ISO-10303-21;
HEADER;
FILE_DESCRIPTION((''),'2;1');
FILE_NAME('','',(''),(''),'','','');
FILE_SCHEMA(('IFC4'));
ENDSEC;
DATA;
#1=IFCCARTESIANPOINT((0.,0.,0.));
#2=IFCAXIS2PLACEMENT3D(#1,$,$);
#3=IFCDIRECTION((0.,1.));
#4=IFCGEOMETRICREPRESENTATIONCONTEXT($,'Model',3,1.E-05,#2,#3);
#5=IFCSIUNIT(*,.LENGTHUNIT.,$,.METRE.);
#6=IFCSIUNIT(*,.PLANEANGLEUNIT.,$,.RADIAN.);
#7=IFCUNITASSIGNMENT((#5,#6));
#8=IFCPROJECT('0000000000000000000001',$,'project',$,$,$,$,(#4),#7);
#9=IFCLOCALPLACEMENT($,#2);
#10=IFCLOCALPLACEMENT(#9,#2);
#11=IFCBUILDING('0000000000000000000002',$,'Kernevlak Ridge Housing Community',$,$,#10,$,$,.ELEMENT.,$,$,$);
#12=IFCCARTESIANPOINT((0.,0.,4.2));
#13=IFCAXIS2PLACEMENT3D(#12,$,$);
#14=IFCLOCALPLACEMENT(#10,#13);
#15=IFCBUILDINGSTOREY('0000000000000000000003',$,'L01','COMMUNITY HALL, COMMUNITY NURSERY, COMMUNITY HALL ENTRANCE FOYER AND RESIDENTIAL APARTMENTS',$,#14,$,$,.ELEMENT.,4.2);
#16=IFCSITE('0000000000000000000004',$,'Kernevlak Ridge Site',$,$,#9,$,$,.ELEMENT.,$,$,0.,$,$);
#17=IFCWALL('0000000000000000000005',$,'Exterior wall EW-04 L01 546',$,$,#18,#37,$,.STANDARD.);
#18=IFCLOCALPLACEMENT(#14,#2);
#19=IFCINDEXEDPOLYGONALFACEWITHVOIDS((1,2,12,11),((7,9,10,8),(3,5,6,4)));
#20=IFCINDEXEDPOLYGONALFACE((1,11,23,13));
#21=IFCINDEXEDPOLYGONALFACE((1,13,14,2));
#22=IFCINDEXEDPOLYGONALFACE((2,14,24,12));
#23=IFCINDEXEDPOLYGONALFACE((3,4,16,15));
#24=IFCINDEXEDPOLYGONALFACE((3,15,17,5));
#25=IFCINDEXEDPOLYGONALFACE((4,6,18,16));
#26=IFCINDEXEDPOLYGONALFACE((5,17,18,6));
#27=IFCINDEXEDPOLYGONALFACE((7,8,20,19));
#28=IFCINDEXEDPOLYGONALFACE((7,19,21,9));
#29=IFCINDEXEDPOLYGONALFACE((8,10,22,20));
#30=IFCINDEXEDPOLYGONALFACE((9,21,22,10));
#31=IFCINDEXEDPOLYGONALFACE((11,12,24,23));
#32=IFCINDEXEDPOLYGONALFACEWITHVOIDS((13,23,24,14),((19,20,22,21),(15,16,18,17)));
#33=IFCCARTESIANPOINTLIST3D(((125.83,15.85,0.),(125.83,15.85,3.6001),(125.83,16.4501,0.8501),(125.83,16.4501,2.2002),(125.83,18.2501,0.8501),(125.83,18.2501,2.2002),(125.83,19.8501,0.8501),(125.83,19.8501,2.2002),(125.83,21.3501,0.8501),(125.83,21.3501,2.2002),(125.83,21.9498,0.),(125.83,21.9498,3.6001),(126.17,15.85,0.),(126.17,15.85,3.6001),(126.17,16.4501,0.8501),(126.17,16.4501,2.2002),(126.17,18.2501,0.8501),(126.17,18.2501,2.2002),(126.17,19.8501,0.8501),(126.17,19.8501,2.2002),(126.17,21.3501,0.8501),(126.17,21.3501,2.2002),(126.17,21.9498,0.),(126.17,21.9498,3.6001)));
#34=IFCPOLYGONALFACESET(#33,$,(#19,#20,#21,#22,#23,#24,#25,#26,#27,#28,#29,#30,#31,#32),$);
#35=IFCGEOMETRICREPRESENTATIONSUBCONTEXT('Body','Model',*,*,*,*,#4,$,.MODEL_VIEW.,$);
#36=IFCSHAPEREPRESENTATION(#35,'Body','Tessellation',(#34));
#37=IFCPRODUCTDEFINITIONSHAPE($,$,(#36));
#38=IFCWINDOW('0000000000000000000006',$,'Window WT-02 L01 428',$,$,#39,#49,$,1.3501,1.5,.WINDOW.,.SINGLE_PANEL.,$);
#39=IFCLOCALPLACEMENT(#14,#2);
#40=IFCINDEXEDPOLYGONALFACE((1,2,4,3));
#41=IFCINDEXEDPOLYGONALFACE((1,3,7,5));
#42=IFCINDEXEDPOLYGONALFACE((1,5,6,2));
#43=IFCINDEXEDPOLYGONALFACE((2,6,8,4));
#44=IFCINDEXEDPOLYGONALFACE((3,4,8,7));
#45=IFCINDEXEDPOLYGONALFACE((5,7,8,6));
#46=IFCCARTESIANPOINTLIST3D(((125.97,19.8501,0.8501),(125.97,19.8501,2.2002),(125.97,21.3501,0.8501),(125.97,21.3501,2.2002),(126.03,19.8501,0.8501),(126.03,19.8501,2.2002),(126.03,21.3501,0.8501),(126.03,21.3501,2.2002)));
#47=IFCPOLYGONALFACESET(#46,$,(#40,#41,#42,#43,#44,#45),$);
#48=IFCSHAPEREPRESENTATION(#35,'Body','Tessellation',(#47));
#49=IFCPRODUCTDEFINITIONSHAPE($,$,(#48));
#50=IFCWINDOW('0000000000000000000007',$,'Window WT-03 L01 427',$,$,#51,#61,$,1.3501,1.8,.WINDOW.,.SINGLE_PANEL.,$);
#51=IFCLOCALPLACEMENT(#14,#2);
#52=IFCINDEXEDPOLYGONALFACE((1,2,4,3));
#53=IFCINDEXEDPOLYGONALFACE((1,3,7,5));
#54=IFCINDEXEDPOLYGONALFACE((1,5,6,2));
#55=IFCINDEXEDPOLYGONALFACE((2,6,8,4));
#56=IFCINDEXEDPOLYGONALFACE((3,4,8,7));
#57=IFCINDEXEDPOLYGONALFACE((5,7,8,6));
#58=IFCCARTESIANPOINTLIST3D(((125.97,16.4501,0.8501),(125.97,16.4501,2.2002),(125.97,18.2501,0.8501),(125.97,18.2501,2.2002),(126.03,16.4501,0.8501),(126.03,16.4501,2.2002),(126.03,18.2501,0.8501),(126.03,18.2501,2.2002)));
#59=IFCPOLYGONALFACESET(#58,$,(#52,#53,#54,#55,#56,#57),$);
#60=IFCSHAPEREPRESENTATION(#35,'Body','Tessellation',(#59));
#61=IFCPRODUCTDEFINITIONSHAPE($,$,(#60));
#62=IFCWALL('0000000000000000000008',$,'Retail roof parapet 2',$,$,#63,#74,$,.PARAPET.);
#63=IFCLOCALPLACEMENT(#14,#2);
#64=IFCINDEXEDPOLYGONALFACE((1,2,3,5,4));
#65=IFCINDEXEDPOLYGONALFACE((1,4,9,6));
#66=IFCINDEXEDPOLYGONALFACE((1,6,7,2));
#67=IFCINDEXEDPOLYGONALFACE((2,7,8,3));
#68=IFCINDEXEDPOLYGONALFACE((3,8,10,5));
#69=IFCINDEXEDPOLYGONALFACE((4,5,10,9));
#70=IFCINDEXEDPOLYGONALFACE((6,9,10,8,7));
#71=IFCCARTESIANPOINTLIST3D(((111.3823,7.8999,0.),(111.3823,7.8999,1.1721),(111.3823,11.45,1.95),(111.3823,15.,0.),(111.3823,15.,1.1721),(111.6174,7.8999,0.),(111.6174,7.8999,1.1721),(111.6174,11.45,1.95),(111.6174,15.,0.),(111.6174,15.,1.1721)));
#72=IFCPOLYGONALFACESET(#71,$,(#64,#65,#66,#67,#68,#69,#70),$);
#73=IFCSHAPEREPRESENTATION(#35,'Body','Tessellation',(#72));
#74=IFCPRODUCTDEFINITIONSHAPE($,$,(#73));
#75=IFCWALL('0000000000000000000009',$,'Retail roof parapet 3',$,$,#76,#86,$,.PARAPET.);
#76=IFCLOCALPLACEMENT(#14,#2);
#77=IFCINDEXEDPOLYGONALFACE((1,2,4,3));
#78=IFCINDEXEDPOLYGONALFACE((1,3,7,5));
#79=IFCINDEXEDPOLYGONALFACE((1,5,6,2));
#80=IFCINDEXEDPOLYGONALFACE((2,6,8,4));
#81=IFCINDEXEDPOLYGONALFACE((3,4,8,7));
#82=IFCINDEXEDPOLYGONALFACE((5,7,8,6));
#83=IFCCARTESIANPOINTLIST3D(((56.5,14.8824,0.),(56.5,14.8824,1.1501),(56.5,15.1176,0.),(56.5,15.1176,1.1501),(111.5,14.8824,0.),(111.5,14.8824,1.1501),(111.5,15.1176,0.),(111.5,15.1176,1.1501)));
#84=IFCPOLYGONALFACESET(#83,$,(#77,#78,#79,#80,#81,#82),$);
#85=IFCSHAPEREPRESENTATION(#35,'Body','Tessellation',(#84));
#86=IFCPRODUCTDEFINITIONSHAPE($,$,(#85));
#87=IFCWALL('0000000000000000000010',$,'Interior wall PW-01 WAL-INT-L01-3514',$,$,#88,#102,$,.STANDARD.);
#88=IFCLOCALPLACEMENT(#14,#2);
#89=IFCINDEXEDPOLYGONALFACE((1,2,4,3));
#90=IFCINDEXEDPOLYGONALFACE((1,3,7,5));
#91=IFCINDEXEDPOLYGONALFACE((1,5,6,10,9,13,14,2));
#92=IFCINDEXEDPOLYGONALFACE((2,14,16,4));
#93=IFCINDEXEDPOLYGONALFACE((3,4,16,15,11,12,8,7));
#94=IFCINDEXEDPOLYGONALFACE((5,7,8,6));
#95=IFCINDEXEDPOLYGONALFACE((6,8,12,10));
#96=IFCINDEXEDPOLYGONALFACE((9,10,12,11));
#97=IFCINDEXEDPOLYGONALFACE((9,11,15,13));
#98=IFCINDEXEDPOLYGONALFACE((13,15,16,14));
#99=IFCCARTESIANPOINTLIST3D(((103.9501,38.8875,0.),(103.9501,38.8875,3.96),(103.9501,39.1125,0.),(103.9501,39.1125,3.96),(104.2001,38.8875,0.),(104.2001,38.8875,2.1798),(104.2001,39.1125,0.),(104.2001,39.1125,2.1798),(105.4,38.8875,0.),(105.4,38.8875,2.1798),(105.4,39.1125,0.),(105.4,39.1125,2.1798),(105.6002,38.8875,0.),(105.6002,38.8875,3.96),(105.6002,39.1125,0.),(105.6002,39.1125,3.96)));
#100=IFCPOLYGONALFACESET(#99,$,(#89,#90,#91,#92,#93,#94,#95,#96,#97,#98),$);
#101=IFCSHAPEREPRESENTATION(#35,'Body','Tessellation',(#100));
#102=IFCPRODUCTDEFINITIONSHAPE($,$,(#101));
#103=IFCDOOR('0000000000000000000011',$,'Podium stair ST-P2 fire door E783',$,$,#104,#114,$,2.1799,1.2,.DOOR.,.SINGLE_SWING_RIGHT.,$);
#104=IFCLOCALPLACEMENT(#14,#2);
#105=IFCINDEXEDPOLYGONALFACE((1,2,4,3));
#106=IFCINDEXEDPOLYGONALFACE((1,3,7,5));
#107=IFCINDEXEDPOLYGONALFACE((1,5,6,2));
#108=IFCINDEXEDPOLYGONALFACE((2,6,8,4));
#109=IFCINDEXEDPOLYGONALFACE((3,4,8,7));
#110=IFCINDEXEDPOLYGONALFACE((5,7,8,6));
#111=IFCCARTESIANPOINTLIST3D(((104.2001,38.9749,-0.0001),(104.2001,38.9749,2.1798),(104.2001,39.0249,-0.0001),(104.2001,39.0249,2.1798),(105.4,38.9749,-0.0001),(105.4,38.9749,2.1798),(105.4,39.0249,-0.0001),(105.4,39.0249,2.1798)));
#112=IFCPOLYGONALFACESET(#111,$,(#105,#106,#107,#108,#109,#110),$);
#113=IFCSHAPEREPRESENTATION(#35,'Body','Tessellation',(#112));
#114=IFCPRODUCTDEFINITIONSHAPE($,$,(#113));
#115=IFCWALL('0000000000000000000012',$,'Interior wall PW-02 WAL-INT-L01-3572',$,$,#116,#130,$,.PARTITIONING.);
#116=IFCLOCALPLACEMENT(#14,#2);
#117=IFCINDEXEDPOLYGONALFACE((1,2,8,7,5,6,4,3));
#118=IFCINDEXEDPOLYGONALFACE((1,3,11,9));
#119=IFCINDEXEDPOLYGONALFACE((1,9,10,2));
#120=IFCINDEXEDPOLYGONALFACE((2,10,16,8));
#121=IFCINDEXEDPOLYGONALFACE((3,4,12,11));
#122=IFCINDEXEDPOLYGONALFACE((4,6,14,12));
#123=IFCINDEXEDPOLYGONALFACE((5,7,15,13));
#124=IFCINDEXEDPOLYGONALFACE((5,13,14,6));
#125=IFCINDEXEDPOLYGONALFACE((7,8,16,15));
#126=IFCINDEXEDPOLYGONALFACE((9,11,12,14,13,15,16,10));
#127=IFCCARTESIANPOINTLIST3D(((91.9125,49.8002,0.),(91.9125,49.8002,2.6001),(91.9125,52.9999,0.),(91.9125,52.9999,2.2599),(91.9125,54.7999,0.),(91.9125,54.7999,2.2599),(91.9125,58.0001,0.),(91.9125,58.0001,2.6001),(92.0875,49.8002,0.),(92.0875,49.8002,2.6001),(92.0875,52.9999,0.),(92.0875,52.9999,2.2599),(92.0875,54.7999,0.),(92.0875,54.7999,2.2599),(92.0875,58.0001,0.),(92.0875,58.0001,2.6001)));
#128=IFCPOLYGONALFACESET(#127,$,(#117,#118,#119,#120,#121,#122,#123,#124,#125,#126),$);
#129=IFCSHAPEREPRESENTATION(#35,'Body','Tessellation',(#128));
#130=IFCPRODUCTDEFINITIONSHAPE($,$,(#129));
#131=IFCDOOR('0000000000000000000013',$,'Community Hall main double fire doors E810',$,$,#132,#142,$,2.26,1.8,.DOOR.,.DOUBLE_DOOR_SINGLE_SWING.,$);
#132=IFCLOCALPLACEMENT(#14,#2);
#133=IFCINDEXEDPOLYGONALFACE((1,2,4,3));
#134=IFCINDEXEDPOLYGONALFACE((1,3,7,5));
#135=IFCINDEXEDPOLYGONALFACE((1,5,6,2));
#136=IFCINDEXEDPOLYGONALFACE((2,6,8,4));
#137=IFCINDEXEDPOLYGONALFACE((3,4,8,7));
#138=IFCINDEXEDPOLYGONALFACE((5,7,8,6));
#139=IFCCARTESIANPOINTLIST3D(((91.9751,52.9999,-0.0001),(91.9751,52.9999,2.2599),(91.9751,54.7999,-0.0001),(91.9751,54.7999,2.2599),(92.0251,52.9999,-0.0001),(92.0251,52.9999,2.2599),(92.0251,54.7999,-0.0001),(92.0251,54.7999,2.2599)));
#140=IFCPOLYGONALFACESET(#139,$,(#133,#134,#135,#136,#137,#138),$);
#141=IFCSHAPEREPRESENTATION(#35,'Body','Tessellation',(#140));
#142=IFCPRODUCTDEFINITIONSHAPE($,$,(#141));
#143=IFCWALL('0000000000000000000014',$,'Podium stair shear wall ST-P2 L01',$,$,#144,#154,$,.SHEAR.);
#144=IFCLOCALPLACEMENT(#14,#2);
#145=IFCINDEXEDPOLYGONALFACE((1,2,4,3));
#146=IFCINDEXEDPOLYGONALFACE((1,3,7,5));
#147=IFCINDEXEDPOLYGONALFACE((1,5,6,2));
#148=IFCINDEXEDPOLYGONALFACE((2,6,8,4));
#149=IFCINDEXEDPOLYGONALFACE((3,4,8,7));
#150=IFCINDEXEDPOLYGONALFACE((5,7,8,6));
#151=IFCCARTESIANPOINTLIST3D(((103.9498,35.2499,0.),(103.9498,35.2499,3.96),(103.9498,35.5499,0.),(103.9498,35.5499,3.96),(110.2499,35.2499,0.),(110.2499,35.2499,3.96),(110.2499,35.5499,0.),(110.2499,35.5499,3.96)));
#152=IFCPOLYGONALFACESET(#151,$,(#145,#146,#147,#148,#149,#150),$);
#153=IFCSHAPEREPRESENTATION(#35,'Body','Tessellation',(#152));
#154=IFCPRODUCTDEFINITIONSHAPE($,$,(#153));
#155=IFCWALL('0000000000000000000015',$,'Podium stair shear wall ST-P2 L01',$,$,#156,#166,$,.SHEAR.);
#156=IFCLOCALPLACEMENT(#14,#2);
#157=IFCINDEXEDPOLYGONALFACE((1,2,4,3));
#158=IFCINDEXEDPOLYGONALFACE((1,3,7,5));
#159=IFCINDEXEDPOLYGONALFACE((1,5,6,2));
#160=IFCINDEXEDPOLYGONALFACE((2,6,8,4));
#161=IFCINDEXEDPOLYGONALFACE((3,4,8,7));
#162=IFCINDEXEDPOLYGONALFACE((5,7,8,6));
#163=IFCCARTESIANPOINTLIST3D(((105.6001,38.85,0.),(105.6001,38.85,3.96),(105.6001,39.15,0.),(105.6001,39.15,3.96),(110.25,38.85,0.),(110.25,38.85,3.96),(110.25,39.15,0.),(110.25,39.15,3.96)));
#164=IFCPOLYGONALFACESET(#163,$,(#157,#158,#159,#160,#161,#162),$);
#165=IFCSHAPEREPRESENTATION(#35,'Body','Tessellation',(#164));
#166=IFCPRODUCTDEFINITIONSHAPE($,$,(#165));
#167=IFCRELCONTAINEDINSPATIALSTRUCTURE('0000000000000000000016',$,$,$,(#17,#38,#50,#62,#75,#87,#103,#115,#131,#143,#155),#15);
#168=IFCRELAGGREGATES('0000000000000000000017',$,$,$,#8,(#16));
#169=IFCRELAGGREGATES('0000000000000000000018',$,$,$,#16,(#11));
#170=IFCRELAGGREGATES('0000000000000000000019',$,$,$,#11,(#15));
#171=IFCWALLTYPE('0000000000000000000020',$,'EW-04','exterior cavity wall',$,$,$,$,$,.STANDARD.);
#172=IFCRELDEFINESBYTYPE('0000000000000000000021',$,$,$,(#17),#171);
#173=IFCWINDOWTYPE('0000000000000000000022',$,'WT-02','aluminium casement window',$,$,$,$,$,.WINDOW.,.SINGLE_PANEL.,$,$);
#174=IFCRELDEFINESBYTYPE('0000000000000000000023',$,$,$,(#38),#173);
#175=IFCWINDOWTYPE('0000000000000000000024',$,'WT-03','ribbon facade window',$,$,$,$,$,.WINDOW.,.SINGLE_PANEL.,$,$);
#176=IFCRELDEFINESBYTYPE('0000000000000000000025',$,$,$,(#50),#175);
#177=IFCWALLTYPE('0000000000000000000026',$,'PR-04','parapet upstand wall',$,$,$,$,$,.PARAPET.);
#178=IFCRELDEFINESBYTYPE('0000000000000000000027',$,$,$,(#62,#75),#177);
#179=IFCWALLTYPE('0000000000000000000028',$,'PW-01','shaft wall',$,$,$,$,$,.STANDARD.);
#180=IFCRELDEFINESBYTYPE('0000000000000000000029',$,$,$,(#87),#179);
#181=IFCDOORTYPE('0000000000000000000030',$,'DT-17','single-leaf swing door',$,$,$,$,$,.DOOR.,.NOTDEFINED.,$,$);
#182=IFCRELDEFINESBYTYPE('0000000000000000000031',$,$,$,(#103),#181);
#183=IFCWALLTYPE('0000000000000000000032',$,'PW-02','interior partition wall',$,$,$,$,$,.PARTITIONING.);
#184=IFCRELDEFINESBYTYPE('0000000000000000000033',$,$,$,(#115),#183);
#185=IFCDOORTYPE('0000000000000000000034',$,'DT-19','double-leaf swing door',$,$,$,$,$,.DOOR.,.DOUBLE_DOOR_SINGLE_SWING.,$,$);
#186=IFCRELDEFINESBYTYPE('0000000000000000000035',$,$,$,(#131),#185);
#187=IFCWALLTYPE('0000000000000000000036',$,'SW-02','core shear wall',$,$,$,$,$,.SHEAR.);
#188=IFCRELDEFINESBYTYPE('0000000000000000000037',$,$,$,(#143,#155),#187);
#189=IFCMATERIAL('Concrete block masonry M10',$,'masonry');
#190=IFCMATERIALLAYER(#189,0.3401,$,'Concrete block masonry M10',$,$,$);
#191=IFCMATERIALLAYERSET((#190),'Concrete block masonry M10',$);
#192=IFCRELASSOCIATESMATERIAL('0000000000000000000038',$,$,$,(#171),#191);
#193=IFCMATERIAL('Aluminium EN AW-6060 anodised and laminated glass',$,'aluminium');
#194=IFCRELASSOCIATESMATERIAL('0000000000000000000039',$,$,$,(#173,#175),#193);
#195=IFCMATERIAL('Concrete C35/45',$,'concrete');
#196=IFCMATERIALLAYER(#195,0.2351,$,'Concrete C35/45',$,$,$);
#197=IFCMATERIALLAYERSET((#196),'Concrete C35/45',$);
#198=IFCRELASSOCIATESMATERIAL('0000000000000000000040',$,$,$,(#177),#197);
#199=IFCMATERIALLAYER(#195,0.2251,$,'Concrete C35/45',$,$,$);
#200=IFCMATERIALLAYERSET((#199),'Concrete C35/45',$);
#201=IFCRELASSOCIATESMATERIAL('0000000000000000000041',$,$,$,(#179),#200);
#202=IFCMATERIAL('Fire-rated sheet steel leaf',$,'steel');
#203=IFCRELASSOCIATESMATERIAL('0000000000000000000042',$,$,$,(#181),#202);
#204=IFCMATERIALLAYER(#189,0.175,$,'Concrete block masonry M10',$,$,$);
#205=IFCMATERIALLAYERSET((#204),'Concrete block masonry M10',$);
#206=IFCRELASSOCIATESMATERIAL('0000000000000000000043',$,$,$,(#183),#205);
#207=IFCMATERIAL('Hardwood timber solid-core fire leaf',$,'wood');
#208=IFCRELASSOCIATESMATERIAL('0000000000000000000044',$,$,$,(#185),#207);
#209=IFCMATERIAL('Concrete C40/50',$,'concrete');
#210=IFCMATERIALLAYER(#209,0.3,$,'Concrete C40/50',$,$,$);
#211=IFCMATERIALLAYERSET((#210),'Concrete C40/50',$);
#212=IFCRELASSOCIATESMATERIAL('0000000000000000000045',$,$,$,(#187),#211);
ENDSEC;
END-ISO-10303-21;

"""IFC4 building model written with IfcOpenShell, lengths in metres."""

from ifc_helpers import new_model, si_unit, direction, frame, frame_2d, origin, place, context, subcontext, project, spatial, polyline, rectangle, outline, extrude, material, layer, layer_set, type_object, element, fill, save


model = new_model("IFC4")

# Units and contexts
model_context = context("Model", 3, precision=1e-05, world=origin(), true_north=direction((0.0, 1.0)))
body_context = subcontext(model_context, "Body", "Model", "MODEL_VIEW")
ifc_project = project(units=[si_unit("LENGTHUNIT", "METRE"), si_unit("PLANEANGLEUNIT", "RADIAN")], contexts=[model_context])

# Site, building, storey
site_placement = place(None, origin())
site = spatial("IfcSite", under=ifc_project, at=site_placement, Name="Kernevlak Ridge Site", CompositionType="ELEMENT", RefElevation=0.0)
building_placement = place(site_placement, origin())
building = spatial("IfcBuilding", under=site, at=building_placement, Name="Kernevlak Ridge Housing Community", CompositionType="ELEMENT")
storey_placement = place(building_placement, frame((0.0, 0.0, 4.2)))
storey = spatial("IfcBuildingStorey", under=building, at=storey_placement, Name="L01", Description="COMMUNITY HALL, COMMUNITY NURSERY, COMMUNITY HALL ENTRANCE FOYER AND RESIDENTIAL APARTMENTS", CompositionType="ELEMENT", Elevation=4.2)

# Shared definitions
ifc_material_1 = material(Name="Concrete C40/50", Category="concrete")

# Shared definitions
ifc_material_2 = material(Name="Aluminium EN AW-6060 anodised and laminated glass", Category="aluminium")

# Shared definitions
ifc_material_3 = material(Name="Concrete C35/45", Category="concrete")

# Wall, openings, windows
ifc_material_4 = material(Name="Concrete block masonry M10", Category="masonry")
ifc_layer_1 = layer(ifc_material_4, 0.3401, Name="Concrete block masonry M10")
ifc_layer_set_1 = layer_set([ifc_layer_1], Name="Concrete block masonry M10")
wall_type_1 = type_object("IfcWallType", Name="EW-04", Description="exterior cavity wall", PredefinedType="STANDARD", material=ifc_layer_set_1)
wall_1_placement = place(storey_placement, frame((126.0, 15.8501, 0.0), z_axis=(0.0, 0.0, 1.0), x_axis=(0.0, 1.0, 0.0)))
wall_1 = element("IfcWall", 1, at=wall_1_placement, inside=storey, type_object=wall_type_1, Name="Exterior wall EW-04 L01 546", PredefinedType="STANDARD", context=body_context, shape_type="SweptSolid", body=[
    extrude(rectangle(XDim=6.0999, YDim=0.3401, at=frame_2d((3.0498, 0.0))), origin(), (0.0, 0.0, 1.0), 3.6001),
])
opening_1_placement = place(wall_1_placement, frame((0.6001, 0.0, 0.8501)))
opening_1 = element("IfcOpeningElement", 2, at=opening_1_placement, cuts=wall_1, PredefinedType="OPENING", context=body_context, shape_type="SweptSolid", body=[
    extrude(rectangle(XDim=1.8, YDim=1.3501, at=frame_2d((0.8999, 0.675))), frame((0.0, 0.1799, 0.0), z_axis=(0.0, -1.0, 0.0), x_axis=(1.0, 0.0, 0.0)), (0.0, 0.0, 1.0), 0.3601),
])
opening_2_placement = place(wall_1_placement, frame((4.0, 0.0, 0.8501)))
opening_2 = element("IfcOpeningElement", 3, at=opening_2_placement, cuts=wall_1, PredefinedType="OPENING", context=body_context, shape_type="SweptSolid", body=[
    extrude(rectangle(XDim=1.5, YDim=1.3501, at=frame_2d((0.75, 0.675))), frame((0.0, 0.1799, 0.0), z_axis=(0.0, -1.0, 0.0), x_axis=(1.0, 0.0, 0.0)), (0.0, 0.0, 1.0), 0.3601),
])
window_type_1 = type_object("IfcWindowType", Name="WT-02", Description="aluminium casement window", PartitioningType="SINGLE_PANEL", PredefinedType="WINDOW", material=ifc_material_2)
window_1_placement = place(opening_2_placement, origin())
window_1 = element("IfcWindow", 4, at=window_1_placement, inside=storey, type_object=window_type_1, Name="Window WT-02 L01 428", OverallHeight=1.3501, OverallWidth=1.5, PartitioningType="SINGLE_PANEL", PredefinedType="WINDOW", context=body_context, shape_type="SweptSolid", body=[
    extrude(rectangle(XDim=1.5, YDim=1.3501, at=frame_2d((0.75, 0.675))), frame((0.0, 0.03, 0.0), z_axis=(0.0, -1.0, 0.0), x_axis=(1.0, 0.0, 0.0)), (0.0, 0.0, 1.0), 0.0601),
])
fill(opening_2, window_1)
window_type_2 = type_object("IfcWindowType", Name="WT-03", Description="ribbon facade window", PartitioningType="SINGLE_PANEL", PredefinedType="WINDOW", material=ifc_material_2)
window_2_placement = place(opening_1_placement, origin())
window_2 = element("IfcWindow", 5, at=window_2_placement, inside=storey, type_object=window_type_2, Name="Window WT-03 L01 427", OverallHeight=1.3501, OverallWidth=1.8, PartitioningType="SINGLE_PANEL", PredefinedType="WINDOW", context=body_context, shape_type="SweptSolid", body=[
    extrude(rectangle(XDim=1.8, YDim=1.3501, at=frame_2d((0.8999, 0.675))), frame((0.0, 0.03, 0.0), z_axis=(0.0, -1.0, 0.0), x_axis=(1.0, 0.0, 0.0)), (0.0, 0.0, 1.0), 0.0601),
])
fill(opening_1, window_2)

# Walls
ifc_layer_2 = layer(ifc_material_3, 0.2351, Name="Concrete C35/45")
ifc_layer_set_2 = layer_set([ifc_layer_2], Name="Concrete C35/45")
wall_type_2 = type_object("IfcWallType", Name="PR-04", Description="parapet upstand wall", PredefinedType="PARAPET", material=ifc_layer_set_2)
wall_2_placement = place(storey_placement, frame((111.5, 7.8999, 0.0), z_axis=(0.0, 0.0, 1.0), x_axis=(0.0, 1.0, 0.0)))
element("IfcWall", 6, at=wall_2_placement, inside=storey, type_object=wall_type_2, Name="Retail roof parapet 2", PredefinedType="PARAPET", context=body_context, shape_type="SweptSolid", body=[
    extrude(outline(polyline([(0.0, 0.0), (7.1001, 0.0), (7.1001, 1.1721), (3.55, 1.95), (0.0, 1.1721), (0.0, 0.0)])), frame((0.0, 0.1177, 0.0), z_axis=(0.0, -1.0, 0.0), x_axis=(1.0, 0.0, 0.0)), (0.0, 0.0, 1.0), 0.2351),
])
wall_3_placement = place(storey_placement, frame((111.5, 15.0, 0.0), z_axis=(0.0, 0.0, 1.0), x_axis=(-1.0, 0.0, 0.0)))
element("IfcWall", 7, at=wall_3_placement, inside=storey, type_object=wall_type_2, Name="Retail roof parapet 3", PredefinedType="PARAPET", context=body_context, shape_type="SweptSolid", body=[
    extrude(rectangle(XDim=55.0, YDim=0.2351, at=frame_2d((27.5, 0.0))), origin(), (0.0, 0.0, 1.0), 1.1501),
])

# Walls, openings, doors
ifc_layer_3 = layer(ifc_material_3, 0.2251, Name="Concrete C35/45")
ifc_layer_set_3 = layer_set([ifc_layer_3], Name="Concrete C35/45")
wall_type_3 = type_object("IfcWallType", Name="PW-01", Description="shaft wall", PredefinedType="STANDARD", material=ifc_layer_set_3)
wall_4_placement = place(storey_placement, frame((103.95, 39.0, 0.0), z_axis=(0.0, 0.0, 1.0), x_axis=(1.0, 0.0, 0.0)))
wall_4 = element("IfcWall", 8, at=wall_4_placement, inside=storey, type_object=wall_type_3, Name="Interior wall PW-01 WAL-INT-L01-3514", PredefinedType="STANDARD", context=body_context, shape_type="SweptSolid", body=[
    extrude(rectangle(XDim=1.6501, YDim=0.2251, at=frame_2d((0.8252, 0.0))), origin(), (0.0, 0.0, 1.0), 3.96),
])
opening_3_placement = place(wall_4_placement, frame((0.25, 0.0, 0.0)))
opening_3 = element("IfcOpeningElement", 9, at=opening_3_placement, cuts=wall_4, PredefinedType="OPENING", context=body_context, shape_type="SweptSolid", body=[
    extrude(rectangle(XDim=1.2, YDim=2.1799, at=frame_2d((0.6001, 1.0898))), frame((0.0, 0.1226, 0.0), z_axis=(0.0, -1.0, 0.0), x_axis=(1.0, 0.0, 0.0)), (0.0, 0.0, 1.0), 0.2451),
])
ifc_material_5 = material(Name="Fire-rated sheet steel leaf", Category="steel")
door_type_1 = type_object("IfcDoorType", Name="DT-17", Description="single-leaf swing door", OperationType="NOTDEFINED", PredefinedType="DOOR", material=ifc_material_5)
door_1_placement = place(opening_3_placement, origin())
door_1 = element("IfcDoor", 10, at=door_1_placement, inside=storey, type_object=door_type_1, Name="Podium stair ST-P2 fire door E783", OperationType="SINGLE_SWING_RIGHT", OverallHeight=2.1799, OverallWidth=1.2, PredefinedType="DOOR", context=body_context, shape_type="SweptSolid", body=[
    extrude(rectangle(XDim=1.2, YDim=2.1799, at=frame_2d((0.6001, 1.0898))), frame((0.0, 0.0249, 0.0), z_axis=(0.0, -1.0, 0.0), x_axis=(1.0, 0.0, 0.0)), (0.0, 0.0, 1.0), 0.05),
])
fill(opening_3, door_1)
ifc_layer_4 = layer(ifc_material_4, 0.175, Name="Concrete block masonry M10")
ifc_layer_set_4 = layer_set([ifc_layer_4], Name="Concrete block masonry M10")
wall_type_4 = type_object("IfcWallType", Name="PW-02", Description="interior partition wall", PredefinedType="PARTITIONING", material=ifc_layer_set_4)
wall_5_placement = place(storey_placement, frame((92.0, 49.8, 0.0), z_axis=(0.0, 0.0, 1.0), x_axis=(0.0, 1.0, 0.0)))
wall_5 = element("IfcWall", 11, at=wall_5_placement, inside=storey, type_object=wall_type_4, Name="Interior wall PW-02 WAL-INT-L01-3572", PredefinedType="PARTITIONING", context=body_context, shape_type="SweptSolid", body=[
    extrude(rectangle(XDim=8.2, YDim=0.175, at=frame_2d((4.1001, 0.0))), origin(), (0.0, 0.0, 1.0), 2.6001),
])
opening_4_placement = place(wall_5_placement, frame((3.2, 0.0, 0.0)))
opening_4 = element("IfcOpeningElement", 12, at=opening_4_placement, cuts=wall_5, PredefinedType="OPENING", context=body_context, shape_type="SweptSolid", body=[
    extrude(rectangle(XDim=1.8, YDim=2.26, at=frame_2d((0.8999, 1.1299))), frame((0.0, 0.0974, 0.0), z_axis=(0.0, -1.0, 0.0), x_axis=(1.0, 0.0, 0.0)), (0.0, 0.0, 1.0), 0.1951),
])
ifc_material_6 = material(Name="Hardwood timber solid-core fire leaf", Category="wood")
door_type_2 = type_object("IfcDoorType", Name="DT-19", Description="double-leaf swing door", OperationType="DOUBLE_DOOR_SINGLE_SWING", PredefinedType="DOOR", material=ifc_material_6)
door_2_placement = place(opening_4_placement, origin())
door_2 = element("IfcDoor", 13, at=door_2_placement, inside=storey, type_object=door_type_2, Name="Community Hall main double fire doors E810", OperationType="DOUBLE_DOOR_SINGLE_SWING", OverallHeight=2.26, OverallWidth=1.8, PredefinedType="DOOR", context=body_context, shape_type="SweptSolid", body=[
    extrude(rectangle(XDim=1.8, YDim=2.26, at=frame_2d((0.8999, 1.1299))), frame((0.0, 0.0249, 0.0), z_axis=(0.0, -1.0, 0.0), x_axis=(1.0, 0.0, 0.0)), (0.0, 0.0, 1.0), 0.05),
])
fill(opening_4, door_2)

# Walls
ifc_layer_5 = layer(ifc_material_1, 0.3, Name="Concrete C40/50")
ifc_layer_set_5 = layer_set([ifc_layer_5], Name="Concrete C40/50")
wall_type_5 = type_object("IfcWallType", Name="SW-02", Description="core shear wall", PredefinedType="SHEAR", material=ifc_layer_set_5)
wall_6_placement = place(storey_placement, frame((103.95, 35.3999, 0.0), z_axis=(0.0, 0.0, 1.0), x_axis=(1.0, 0.0, 0.0)))
element("IfcWall", 14, at=wall_6_placement, inside=storey, type_object=wall_type_5, Name="Podium stair shear wall ST-P2 L01", PredefinedType="SHEAR", context=body_context, shape_type="SweptSolid", body=[
    extrude(rectangle(XDim=6.3, YDim=0.3, at=frame_2d((3.1499, 0.0))), origin(), (0.0, 0.0, 1.0), 3.96),
])
wall_7_placement = place(storey_placement, frame((105.6001, 39.0, 0.0), z_axis=(0.0, 0.0, 1.0), x_axis=(1.0, 0.0, 0.0)))
element("IfcWall", 15, at=wall_7_placement, inside=storey, type_object=wall_type_5, Name="Podium stair shear wall ST-P2 L01", PredefinedType="SHEAR", context=body_context, shape_type="SweptSolid", body=[
    extrude(rectangle(XDim=4.6499, YDim=0.3, at=frame_2d((2.325, 0.0))), origin(), (0.0, 0.0, 1.0), 3.96),
])

save(model, "model.ifc")
